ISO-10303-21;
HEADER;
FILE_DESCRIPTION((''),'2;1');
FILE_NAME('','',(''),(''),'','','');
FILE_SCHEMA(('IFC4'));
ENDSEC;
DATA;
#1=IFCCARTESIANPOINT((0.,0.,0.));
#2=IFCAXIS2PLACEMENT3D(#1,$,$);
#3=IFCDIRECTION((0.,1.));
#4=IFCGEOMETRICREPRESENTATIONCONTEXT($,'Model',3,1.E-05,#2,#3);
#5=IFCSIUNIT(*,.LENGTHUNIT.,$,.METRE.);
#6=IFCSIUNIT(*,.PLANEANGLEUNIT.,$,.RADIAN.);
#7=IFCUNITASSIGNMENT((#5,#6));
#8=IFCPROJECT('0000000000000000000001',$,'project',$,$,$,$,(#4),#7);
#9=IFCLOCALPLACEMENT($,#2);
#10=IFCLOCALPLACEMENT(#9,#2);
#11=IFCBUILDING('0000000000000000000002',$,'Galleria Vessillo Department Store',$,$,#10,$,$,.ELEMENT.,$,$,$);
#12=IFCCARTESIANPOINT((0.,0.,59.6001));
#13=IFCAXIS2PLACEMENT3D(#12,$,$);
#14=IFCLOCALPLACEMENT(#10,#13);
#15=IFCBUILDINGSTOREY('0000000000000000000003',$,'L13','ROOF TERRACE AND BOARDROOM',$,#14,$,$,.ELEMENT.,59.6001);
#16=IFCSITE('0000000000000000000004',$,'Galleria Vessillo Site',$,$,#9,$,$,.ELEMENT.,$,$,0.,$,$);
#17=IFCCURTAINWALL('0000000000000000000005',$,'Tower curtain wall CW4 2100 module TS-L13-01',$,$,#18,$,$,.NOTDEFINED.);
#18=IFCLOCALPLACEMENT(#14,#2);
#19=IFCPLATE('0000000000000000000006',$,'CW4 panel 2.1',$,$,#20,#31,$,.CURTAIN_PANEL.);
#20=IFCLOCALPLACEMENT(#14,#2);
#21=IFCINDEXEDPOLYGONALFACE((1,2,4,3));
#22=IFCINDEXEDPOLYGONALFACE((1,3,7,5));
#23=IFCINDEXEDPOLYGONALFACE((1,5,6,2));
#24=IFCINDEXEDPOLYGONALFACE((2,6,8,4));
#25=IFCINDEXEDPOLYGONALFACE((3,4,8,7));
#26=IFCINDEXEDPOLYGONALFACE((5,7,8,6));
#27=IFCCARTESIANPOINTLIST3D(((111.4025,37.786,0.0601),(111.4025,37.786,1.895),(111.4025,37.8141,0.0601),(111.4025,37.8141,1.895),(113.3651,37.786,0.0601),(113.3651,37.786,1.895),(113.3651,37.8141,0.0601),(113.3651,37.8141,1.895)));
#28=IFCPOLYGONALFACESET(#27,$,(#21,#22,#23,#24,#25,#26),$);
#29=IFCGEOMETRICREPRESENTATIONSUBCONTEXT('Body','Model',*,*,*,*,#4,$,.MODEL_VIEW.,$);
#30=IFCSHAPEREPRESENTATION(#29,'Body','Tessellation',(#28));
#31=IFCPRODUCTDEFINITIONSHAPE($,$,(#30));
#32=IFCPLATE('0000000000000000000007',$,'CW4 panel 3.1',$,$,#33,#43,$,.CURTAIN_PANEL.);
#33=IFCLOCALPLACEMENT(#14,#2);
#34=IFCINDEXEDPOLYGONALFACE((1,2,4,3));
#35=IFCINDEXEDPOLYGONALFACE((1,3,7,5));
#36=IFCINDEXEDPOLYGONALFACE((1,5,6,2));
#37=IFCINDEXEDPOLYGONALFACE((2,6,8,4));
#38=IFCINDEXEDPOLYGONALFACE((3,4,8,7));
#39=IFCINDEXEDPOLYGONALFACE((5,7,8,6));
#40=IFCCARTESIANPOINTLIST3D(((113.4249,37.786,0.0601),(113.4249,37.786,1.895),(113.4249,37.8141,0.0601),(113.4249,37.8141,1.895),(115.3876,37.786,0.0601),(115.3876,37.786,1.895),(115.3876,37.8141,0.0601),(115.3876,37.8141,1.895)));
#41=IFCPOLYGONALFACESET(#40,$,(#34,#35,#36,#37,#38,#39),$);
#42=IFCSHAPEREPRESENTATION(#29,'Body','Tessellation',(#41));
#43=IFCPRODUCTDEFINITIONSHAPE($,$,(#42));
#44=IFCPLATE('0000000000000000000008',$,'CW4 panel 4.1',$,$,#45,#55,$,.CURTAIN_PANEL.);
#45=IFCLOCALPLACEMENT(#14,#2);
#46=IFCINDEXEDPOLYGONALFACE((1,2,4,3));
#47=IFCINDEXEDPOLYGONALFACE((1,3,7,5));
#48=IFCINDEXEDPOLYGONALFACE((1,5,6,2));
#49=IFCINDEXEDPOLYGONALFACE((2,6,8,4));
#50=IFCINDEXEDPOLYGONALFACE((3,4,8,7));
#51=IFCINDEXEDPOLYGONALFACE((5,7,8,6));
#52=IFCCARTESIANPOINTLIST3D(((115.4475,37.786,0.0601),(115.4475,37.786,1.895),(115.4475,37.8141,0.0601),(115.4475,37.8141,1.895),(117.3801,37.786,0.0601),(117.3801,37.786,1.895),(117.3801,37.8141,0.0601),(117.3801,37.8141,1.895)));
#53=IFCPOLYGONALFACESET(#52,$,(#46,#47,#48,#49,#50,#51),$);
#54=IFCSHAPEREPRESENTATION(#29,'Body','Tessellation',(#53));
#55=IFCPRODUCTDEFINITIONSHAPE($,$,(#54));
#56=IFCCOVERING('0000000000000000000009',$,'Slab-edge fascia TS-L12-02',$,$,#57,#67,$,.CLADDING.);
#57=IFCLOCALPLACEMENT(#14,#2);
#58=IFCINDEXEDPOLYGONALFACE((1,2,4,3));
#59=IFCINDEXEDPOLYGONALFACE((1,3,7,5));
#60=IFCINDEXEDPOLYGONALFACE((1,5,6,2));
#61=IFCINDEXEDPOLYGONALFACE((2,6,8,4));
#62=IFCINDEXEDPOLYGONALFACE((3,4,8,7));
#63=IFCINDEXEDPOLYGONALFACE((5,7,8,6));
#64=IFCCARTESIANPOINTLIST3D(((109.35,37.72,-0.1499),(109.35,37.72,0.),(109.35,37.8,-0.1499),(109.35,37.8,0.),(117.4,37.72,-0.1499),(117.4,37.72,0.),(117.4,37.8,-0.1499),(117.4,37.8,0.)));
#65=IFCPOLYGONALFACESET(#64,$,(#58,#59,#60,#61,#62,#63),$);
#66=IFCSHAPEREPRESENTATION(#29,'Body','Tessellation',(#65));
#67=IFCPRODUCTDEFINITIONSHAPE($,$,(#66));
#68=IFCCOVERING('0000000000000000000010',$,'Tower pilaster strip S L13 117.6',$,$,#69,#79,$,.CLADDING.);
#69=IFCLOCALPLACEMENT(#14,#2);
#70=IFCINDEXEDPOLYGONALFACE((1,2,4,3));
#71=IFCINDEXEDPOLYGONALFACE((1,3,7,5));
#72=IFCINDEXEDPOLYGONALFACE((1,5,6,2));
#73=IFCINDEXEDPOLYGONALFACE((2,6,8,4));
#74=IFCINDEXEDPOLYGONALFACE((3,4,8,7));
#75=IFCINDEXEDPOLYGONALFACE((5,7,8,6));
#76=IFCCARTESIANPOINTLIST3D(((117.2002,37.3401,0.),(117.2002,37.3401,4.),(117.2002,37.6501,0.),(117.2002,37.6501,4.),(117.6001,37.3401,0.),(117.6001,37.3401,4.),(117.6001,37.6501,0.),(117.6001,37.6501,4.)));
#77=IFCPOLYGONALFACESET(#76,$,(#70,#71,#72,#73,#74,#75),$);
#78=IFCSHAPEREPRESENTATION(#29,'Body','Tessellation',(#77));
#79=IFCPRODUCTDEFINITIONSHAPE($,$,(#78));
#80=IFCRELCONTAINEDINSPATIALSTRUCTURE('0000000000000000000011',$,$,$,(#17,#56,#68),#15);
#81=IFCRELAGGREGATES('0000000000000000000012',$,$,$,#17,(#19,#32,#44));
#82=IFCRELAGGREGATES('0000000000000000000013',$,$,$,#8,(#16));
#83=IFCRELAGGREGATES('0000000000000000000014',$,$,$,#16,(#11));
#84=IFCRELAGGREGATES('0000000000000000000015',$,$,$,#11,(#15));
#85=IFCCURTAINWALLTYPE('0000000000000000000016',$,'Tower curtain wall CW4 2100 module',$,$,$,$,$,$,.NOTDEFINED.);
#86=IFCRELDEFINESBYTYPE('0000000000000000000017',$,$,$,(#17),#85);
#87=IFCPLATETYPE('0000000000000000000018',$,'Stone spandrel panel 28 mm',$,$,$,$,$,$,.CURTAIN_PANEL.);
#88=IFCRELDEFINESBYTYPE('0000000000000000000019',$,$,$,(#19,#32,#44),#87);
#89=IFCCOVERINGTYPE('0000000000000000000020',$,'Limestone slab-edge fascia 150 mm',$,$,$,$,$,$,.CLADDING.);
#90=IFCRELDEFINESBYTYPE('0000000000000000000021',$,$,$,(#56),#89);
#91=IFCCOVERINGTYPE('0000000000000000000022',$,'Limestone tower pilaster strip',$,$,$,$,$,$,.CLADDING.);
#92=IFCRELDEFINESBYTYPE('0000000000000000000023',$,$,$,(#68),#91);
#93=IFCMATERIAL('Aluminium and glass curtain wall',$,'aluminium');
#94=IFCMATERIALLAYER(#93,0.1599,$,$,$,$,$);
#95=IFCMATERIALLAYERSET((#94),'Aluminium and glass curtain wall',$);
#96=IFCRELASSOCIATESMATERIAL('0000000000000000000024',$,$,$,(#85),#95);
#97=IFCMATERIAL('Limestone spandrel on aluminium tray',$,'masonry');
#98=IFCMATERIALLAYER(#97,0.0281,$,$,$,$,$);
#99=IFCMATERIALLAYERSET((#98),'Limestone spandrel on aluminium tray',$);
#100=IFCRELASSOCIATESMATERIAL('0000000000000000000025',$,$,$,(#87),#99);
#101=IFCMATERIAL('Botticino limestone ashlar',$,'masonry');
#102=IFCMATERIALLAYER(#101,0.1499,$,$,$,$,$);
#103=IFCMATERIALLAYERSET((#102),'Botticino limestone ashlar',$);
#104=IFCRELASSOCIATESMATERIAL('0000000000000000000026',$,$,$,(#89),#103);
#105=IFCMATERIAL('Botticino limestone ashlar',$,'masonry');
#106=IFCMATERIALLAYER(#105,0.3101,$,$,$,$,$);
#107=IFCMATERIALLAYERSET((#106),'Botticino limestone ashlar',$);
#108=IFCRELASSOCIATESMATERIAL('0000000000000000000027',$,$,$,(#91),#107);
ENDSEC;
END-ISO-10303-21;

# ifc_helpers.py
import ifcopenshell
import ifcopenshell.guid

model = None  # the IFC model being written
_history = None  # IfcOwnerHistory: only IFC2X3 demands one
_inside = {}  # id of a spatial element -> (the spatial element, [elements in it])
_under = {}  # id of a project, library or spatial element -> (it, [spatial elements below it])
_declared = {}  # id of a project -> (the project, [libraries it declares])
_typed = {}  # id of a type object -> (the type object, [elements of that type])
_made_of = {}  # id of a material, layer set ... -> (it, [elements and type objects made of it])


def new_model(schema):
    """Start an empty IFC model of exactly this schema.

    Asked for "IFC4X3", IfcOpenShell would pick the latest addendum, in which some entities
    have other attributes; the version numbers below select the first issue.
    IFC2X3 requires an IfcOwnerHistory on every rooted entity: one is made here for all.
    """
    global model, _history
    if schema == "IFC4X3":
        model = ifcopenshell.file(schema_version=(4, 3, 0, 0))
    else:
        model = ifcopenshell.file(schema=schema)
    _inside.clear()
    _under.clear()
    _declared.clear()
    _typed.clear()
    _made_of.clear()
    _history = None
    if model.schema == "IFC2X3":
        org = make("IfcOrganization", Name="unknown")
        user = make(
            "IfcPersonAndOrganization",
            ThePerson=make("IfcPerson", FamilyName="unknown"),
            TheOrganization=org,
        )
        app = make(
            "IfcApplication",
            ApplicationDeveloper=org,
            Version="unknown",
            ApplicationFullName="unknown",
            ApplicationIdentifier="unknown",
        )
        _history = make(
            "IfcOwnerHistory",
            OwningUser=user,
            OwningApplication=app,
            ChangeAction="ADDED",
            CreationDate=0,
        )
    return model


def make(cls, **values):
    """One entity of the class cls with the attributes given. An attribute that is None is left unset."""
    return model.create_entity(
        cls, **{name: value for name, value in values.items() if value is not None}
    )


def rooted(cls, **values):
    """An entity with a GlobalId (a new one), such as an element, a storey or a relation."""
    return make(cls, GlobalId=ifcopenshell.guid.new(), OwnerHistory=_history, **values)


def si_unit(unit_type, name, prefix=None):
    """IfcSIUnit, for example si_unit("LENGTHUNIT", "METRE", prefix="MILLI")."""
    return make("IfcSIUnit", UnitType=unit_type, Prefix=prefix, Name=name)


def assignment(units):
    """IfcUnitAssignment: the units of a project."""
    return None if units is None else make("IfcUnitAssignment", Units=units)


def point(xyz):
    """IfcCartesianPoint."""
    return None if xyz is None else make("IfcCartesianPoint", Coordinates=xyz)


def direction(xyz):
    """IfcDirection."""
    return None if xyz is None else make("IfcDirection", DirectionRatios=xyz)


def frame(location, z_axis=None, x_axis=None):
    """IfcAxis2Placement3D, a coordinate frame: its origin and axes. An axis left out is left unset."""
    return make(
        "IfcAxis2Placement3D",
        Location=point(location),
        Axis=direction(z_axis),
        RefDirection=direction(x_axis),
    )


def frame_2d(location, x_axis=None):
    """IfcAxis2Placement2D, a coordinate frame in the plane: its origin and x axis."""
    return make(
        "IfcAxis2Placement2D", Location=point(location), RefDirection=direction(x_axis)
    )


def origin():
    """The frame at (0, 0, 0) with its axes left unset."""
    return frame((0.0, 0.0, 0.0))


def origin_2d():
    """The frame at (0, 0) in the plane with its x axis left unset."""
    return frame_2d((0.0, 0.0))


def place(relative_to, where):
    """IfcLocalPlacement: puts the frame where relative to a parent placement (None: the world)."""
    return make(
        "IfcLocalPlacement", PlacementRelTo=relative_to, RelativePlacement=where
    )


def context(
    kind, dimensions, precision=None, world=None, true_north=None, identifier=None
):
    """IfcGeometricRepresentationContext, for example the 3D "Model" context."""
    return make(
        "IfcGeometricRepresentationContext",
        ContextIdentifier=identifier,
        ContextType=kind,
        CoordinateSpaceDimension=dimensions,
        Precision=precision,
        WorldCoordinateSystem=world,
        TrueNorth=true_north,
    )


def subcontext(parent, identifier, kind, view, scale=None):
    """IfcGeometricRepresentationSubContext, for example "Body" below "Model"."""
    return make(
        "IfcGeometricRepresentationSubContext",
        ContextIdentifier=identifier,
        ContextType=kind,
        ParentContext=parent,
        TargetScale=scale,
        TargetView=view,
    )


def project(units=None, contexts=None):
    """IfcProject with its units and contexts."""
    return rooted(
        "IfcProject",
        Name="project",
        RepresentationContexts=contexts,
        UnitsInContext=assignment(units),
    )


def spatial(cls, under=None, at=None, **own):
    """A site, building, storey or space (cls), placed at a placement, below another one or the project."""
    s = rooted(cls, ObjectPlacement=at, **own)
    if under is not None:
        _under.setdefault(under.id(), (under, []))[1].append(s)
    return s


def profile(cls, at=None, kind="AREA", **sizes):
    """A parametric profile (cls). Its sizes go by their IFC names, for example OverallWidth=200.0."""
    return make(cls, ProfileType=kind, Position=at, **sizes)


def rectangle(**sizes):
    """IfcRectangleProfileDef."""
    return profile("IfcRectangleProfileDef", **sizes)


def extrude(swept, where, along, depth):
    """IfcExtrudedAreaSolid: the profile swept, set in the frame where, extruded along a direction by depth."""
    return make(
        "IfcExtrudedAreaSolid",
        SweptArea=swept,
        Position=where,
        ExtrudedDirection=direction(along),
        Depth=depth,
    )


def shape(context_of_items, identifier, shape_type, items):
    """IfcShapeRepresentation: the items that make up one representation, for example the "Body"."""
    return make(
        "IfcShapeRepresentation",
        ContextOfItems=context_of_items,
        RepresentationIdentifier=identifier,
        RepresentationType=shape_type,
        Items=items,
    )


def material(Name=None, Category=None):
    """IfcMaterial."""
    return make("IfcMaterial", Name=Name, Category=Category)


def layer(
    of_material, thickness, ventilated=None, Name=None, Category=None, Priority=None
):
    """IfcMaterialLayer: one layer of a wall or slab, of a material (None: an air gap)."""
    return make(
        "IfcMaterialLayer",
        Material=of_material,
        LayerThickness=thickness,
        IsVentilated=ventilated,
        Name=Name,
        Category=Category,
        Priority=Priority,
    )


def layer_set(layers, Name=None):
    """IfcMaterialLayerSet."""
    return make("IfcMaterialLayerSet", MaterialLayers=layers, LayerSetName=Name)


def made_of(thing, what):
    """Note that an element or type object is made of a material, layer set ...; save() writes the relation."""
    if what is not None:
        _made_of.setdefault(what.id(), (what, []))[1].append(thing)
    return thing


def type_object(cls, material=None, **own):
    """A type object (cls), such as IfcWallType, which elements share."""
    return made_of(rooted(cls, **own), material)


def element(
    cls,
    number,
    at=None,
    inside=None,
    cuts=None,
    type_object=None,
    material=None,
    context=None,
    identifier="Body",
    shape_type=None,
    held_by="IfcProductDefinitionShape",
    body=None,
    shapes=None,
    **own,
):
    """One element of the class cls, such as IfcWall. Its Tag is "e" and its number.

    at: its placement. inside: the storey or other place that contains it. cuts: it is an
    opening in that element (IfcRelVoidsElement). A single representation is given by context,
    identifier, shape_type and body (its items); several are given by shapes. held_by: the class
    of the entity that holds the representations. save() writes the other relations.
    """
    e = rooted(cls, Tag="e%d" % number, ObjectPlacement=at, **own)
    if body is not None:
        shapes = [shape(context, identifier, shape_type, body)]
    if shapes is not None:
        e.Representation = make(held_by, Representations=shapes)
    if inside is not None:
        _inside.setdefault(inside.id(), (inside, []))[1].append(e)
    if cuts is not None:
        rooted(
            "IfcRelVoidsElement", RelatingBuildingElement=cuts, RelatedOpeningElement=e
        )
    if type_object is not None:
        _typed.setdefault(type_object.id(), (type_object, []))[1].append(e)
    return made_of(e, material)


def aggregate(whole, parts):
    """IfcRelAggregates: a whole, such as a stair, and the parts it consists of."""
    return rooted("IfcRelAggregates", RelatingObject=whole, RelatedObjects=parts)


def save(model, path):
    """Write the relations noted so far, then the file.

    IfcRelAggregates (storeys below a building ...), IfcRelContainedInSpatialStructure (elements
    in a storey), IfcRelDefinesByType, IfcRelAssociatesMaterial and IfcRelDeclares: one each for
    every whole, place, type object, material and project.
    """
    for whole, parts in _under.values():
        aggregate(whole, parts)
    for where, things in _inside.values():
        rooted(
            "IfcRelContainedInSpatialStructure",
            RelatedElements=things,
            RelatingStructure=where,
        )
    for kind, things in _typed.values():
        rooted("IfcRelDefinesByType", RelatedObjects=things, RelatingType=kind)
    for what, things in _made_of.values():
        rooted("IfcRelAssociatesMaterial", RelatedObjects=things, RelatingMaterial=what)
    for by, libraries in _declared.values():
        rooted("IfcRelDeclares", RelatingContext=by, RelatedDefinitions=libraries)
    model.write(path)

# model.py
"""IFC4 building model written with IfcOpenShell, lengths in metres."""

from ifc_helpers import new_model, si_unit, direction, frame, origin, origin_2d, place, context, subcontext, project, spatial, rectangle, extrude, material, layer, layer_set, type_object, element, aggregate, save


model = new_model("IFC4")

# Units and contexts
model_context = context("Model", 3, precision=1e-05, world=origin(), true_north=direction((0.0, 1.0)))
body_context = subcontext(model_context, "Body", "Model", "MODEL_VIEW")
ifc_project = project(units=[si_unit("LENGTHUNIT", "METRE"), si_unit("PLANEANGLEUNIT", "RADIAN")], contexts=[model_context])

# Site, building, storey
site_placement = place(None, origin())
site = spatial("IfcSite", under=ifc_project, at=site_placement, Name="Galleria Vessillo Site", CompositionType="ELEMENT", RefElevation=0.0)
building_placement = place(site_placement, origin())
building = spatial("IfcBuilding", under=site, at=building_placement, Name="Galleria Vessillo Department Store", CompositionType="ELEMENT")
storey_placement = place(building_placement, frame((0.0, 0.0, 59.6001)))
storey = spatial("IfcBuildingStorey", under=building, at=storey_placement, Name="L13", Description="ROOF TERRACE AND BOARDROOM", CompositionType="ELEMENT", Elevation=59.6001)

# Curtain wall
ifc_material_1 = material(Name="Aluminium and glass curtain wall", Category="aluminium")
ifc_layer_1 = layer(ifc_material_1, 0.1599)
ifc_layer_set_1 = layer_set([ifc_layer_1], Name="Aluminium and glass curtain wall")
curtain_wall_type = type_object("IfcCurtainWallType", Name="Tower curtain wall CW4 2100 module", PredefinedType="NOTDEFINED", material=ifc_layer_set_1)
curtain_wall_1_placement = place(storey_placement, origin())
curtain_wall_1 = element("IfcCurtainWall", 1, at=curtain_wall_1_placement, inside=storey, type_object=curtain_wall_type, Name="Tower curtain wall CW4 2100 module TS-L13-01", PredefinedType="NOTDEFINED")

# Plates
ifc_material_2 = material(Name="Limestone spandrel on aluminium tray", Category="masonry")
ifc_layer_2 = layer(ifc_material_2, 0.0281)
ifc_layer_set_2 = layer_set([ifc_layer_2], Name="Limestone spandrel on aluminium tray")
plate_type_1 = type_object("IfcPlateType", Name="Stone spandrel panel 28 mm", PredefinedType="CURTAIN_PANEL", material=ifc_layer_set_2)
plate_1_placement = place(storey_placement, frame((112.3838, 37.8, 0.0601), z_axis=(0.0, 0.0, 1.0), x_axis=(1.0, 0.0, 0.0)))
plate_1 = element("IfcPlate", 2, at=plate_1_placement, type_object=plate_type_1, Name="CW4 panel 2.1", PredefinedType="CURTAIN_PANEL", context=body_context, shape_type="SweptSolid", body=[
    extrude(rectangle(XDim=1.9626, YDim=0.0281, at=origin_2d()), origin(), (0.0, 0.0, 1.0), 1.835),
])
plate_2_placement = place(storey_placement, frame((114.4062, 37.8, 0.0601), z_axis=(0.0, 0.0, 1.0), x_axis=(1.0, 0.0, 0.0)))
plate_2 = element("IfcPlate", 3, at=plate_2_placement, type_object=plate_type_1, Name="CW4 panel 3.1", PredefinedType="CURTAIN_PANEL", context=body_context, shape_type="SweptSolid", body=[
    extrude(rectangle(XDim=1.9626, YDim=0.0281, at=origin_2d()), origin(), (0.0, 0.0, 1.0), 1.835),
])
plate_3_placement = place(storey_placement, frame((116.4138, 37.8, 0.0601), z_axis=(0.0, 0.0, 1.0), x_axis=(1.0, 0.0, 0.0)))
plate_3 = element("IfcPlate", 4, at=plate_3_placement, type_object=plate_type_1, Name="CW4 panel 4.1", PredefinedType="CURTAIN_PANEL", context=body_context, shape_type="SweptSolid", body=[
    extrude(rectangle(XDim=1.9326, YDim=0.0281, at=origin_2d()), origin(), (0.0, 0.0, 1.0), 1.835),
])
aggregate(curtain_wall_1, [plate_1, plate_2, plate_3])

# Coverings
ifc_material_3 = material(Name="Botticino limestone ashlar", Category="masonry")
ifc_layer_3 = layer(ifc_material_3, 0.1499)
ifc_layer_set_3 = layer_set([ifc_layer_3], Name="Botticino limestone ashlar")
covering_type_1 = type_object("IfcCoveringType", Name="Limestone slab-edge fascia 150 mm", PredefinedType="CLADDING", material=ifc_layer_set_3)
covering_1_placement = place(storey_placement, frame((113.375, 37.76, -0.1499), z_axis=(0.0, 0.0, 1.0), x_axis=(1.0, 0.0, 0.0)))
element("IfcCovering", 5, at=covering_1_placement, inside=storey, type_object=covering_type_1, Name="Slab-edge fascia TS-L12-02", PredefinedType="CLADDING", context=body_context, shape_type="SweptSolid", body=[
    extrude(rectangle(XDim=8.05, YDim=0.0801, at=origin_2d()), origin(), (0.0, 0.0, 1.0), 0.1499),
])
ifc_material_4 = material(Name="Botticino limestone ashlar", Category="masonry")
ifc_layer_4 = layer(ifc_material_4, 0.3101)
ifc_layer_set_4 = layer_set([ifc_layer_4], Name="Botticino limestone ashlar")
covering_type_2 = type_object("IfcCoveringType", Name="Limestone tower pilaster strip", PredefinedType="CLADDING", material=ifc_layer_set_4)
covering_2_placement = place(storey_placement, frame((117.4001, 37.4951, 0.0), z_axis=(0.0, 0.0, 1.0), x_axis=(1.0, 0.0, 0.0)))
element("IfcCovering", 6, at=covering_2_placement, inside=storey, type_object=covering_type_2, Name="Tower pilaster strip S L13 117.6", PredefinedType="CLADDING", context=body_context, shape_type="SweptSolid", body=[
    extrude(rectangle(XDim=0.3999, YDim=0.3101, at=origin_2d()), origin(), (0.0, 0.0, 1.0), 4.0),
])

save(model, "model.ifc")
